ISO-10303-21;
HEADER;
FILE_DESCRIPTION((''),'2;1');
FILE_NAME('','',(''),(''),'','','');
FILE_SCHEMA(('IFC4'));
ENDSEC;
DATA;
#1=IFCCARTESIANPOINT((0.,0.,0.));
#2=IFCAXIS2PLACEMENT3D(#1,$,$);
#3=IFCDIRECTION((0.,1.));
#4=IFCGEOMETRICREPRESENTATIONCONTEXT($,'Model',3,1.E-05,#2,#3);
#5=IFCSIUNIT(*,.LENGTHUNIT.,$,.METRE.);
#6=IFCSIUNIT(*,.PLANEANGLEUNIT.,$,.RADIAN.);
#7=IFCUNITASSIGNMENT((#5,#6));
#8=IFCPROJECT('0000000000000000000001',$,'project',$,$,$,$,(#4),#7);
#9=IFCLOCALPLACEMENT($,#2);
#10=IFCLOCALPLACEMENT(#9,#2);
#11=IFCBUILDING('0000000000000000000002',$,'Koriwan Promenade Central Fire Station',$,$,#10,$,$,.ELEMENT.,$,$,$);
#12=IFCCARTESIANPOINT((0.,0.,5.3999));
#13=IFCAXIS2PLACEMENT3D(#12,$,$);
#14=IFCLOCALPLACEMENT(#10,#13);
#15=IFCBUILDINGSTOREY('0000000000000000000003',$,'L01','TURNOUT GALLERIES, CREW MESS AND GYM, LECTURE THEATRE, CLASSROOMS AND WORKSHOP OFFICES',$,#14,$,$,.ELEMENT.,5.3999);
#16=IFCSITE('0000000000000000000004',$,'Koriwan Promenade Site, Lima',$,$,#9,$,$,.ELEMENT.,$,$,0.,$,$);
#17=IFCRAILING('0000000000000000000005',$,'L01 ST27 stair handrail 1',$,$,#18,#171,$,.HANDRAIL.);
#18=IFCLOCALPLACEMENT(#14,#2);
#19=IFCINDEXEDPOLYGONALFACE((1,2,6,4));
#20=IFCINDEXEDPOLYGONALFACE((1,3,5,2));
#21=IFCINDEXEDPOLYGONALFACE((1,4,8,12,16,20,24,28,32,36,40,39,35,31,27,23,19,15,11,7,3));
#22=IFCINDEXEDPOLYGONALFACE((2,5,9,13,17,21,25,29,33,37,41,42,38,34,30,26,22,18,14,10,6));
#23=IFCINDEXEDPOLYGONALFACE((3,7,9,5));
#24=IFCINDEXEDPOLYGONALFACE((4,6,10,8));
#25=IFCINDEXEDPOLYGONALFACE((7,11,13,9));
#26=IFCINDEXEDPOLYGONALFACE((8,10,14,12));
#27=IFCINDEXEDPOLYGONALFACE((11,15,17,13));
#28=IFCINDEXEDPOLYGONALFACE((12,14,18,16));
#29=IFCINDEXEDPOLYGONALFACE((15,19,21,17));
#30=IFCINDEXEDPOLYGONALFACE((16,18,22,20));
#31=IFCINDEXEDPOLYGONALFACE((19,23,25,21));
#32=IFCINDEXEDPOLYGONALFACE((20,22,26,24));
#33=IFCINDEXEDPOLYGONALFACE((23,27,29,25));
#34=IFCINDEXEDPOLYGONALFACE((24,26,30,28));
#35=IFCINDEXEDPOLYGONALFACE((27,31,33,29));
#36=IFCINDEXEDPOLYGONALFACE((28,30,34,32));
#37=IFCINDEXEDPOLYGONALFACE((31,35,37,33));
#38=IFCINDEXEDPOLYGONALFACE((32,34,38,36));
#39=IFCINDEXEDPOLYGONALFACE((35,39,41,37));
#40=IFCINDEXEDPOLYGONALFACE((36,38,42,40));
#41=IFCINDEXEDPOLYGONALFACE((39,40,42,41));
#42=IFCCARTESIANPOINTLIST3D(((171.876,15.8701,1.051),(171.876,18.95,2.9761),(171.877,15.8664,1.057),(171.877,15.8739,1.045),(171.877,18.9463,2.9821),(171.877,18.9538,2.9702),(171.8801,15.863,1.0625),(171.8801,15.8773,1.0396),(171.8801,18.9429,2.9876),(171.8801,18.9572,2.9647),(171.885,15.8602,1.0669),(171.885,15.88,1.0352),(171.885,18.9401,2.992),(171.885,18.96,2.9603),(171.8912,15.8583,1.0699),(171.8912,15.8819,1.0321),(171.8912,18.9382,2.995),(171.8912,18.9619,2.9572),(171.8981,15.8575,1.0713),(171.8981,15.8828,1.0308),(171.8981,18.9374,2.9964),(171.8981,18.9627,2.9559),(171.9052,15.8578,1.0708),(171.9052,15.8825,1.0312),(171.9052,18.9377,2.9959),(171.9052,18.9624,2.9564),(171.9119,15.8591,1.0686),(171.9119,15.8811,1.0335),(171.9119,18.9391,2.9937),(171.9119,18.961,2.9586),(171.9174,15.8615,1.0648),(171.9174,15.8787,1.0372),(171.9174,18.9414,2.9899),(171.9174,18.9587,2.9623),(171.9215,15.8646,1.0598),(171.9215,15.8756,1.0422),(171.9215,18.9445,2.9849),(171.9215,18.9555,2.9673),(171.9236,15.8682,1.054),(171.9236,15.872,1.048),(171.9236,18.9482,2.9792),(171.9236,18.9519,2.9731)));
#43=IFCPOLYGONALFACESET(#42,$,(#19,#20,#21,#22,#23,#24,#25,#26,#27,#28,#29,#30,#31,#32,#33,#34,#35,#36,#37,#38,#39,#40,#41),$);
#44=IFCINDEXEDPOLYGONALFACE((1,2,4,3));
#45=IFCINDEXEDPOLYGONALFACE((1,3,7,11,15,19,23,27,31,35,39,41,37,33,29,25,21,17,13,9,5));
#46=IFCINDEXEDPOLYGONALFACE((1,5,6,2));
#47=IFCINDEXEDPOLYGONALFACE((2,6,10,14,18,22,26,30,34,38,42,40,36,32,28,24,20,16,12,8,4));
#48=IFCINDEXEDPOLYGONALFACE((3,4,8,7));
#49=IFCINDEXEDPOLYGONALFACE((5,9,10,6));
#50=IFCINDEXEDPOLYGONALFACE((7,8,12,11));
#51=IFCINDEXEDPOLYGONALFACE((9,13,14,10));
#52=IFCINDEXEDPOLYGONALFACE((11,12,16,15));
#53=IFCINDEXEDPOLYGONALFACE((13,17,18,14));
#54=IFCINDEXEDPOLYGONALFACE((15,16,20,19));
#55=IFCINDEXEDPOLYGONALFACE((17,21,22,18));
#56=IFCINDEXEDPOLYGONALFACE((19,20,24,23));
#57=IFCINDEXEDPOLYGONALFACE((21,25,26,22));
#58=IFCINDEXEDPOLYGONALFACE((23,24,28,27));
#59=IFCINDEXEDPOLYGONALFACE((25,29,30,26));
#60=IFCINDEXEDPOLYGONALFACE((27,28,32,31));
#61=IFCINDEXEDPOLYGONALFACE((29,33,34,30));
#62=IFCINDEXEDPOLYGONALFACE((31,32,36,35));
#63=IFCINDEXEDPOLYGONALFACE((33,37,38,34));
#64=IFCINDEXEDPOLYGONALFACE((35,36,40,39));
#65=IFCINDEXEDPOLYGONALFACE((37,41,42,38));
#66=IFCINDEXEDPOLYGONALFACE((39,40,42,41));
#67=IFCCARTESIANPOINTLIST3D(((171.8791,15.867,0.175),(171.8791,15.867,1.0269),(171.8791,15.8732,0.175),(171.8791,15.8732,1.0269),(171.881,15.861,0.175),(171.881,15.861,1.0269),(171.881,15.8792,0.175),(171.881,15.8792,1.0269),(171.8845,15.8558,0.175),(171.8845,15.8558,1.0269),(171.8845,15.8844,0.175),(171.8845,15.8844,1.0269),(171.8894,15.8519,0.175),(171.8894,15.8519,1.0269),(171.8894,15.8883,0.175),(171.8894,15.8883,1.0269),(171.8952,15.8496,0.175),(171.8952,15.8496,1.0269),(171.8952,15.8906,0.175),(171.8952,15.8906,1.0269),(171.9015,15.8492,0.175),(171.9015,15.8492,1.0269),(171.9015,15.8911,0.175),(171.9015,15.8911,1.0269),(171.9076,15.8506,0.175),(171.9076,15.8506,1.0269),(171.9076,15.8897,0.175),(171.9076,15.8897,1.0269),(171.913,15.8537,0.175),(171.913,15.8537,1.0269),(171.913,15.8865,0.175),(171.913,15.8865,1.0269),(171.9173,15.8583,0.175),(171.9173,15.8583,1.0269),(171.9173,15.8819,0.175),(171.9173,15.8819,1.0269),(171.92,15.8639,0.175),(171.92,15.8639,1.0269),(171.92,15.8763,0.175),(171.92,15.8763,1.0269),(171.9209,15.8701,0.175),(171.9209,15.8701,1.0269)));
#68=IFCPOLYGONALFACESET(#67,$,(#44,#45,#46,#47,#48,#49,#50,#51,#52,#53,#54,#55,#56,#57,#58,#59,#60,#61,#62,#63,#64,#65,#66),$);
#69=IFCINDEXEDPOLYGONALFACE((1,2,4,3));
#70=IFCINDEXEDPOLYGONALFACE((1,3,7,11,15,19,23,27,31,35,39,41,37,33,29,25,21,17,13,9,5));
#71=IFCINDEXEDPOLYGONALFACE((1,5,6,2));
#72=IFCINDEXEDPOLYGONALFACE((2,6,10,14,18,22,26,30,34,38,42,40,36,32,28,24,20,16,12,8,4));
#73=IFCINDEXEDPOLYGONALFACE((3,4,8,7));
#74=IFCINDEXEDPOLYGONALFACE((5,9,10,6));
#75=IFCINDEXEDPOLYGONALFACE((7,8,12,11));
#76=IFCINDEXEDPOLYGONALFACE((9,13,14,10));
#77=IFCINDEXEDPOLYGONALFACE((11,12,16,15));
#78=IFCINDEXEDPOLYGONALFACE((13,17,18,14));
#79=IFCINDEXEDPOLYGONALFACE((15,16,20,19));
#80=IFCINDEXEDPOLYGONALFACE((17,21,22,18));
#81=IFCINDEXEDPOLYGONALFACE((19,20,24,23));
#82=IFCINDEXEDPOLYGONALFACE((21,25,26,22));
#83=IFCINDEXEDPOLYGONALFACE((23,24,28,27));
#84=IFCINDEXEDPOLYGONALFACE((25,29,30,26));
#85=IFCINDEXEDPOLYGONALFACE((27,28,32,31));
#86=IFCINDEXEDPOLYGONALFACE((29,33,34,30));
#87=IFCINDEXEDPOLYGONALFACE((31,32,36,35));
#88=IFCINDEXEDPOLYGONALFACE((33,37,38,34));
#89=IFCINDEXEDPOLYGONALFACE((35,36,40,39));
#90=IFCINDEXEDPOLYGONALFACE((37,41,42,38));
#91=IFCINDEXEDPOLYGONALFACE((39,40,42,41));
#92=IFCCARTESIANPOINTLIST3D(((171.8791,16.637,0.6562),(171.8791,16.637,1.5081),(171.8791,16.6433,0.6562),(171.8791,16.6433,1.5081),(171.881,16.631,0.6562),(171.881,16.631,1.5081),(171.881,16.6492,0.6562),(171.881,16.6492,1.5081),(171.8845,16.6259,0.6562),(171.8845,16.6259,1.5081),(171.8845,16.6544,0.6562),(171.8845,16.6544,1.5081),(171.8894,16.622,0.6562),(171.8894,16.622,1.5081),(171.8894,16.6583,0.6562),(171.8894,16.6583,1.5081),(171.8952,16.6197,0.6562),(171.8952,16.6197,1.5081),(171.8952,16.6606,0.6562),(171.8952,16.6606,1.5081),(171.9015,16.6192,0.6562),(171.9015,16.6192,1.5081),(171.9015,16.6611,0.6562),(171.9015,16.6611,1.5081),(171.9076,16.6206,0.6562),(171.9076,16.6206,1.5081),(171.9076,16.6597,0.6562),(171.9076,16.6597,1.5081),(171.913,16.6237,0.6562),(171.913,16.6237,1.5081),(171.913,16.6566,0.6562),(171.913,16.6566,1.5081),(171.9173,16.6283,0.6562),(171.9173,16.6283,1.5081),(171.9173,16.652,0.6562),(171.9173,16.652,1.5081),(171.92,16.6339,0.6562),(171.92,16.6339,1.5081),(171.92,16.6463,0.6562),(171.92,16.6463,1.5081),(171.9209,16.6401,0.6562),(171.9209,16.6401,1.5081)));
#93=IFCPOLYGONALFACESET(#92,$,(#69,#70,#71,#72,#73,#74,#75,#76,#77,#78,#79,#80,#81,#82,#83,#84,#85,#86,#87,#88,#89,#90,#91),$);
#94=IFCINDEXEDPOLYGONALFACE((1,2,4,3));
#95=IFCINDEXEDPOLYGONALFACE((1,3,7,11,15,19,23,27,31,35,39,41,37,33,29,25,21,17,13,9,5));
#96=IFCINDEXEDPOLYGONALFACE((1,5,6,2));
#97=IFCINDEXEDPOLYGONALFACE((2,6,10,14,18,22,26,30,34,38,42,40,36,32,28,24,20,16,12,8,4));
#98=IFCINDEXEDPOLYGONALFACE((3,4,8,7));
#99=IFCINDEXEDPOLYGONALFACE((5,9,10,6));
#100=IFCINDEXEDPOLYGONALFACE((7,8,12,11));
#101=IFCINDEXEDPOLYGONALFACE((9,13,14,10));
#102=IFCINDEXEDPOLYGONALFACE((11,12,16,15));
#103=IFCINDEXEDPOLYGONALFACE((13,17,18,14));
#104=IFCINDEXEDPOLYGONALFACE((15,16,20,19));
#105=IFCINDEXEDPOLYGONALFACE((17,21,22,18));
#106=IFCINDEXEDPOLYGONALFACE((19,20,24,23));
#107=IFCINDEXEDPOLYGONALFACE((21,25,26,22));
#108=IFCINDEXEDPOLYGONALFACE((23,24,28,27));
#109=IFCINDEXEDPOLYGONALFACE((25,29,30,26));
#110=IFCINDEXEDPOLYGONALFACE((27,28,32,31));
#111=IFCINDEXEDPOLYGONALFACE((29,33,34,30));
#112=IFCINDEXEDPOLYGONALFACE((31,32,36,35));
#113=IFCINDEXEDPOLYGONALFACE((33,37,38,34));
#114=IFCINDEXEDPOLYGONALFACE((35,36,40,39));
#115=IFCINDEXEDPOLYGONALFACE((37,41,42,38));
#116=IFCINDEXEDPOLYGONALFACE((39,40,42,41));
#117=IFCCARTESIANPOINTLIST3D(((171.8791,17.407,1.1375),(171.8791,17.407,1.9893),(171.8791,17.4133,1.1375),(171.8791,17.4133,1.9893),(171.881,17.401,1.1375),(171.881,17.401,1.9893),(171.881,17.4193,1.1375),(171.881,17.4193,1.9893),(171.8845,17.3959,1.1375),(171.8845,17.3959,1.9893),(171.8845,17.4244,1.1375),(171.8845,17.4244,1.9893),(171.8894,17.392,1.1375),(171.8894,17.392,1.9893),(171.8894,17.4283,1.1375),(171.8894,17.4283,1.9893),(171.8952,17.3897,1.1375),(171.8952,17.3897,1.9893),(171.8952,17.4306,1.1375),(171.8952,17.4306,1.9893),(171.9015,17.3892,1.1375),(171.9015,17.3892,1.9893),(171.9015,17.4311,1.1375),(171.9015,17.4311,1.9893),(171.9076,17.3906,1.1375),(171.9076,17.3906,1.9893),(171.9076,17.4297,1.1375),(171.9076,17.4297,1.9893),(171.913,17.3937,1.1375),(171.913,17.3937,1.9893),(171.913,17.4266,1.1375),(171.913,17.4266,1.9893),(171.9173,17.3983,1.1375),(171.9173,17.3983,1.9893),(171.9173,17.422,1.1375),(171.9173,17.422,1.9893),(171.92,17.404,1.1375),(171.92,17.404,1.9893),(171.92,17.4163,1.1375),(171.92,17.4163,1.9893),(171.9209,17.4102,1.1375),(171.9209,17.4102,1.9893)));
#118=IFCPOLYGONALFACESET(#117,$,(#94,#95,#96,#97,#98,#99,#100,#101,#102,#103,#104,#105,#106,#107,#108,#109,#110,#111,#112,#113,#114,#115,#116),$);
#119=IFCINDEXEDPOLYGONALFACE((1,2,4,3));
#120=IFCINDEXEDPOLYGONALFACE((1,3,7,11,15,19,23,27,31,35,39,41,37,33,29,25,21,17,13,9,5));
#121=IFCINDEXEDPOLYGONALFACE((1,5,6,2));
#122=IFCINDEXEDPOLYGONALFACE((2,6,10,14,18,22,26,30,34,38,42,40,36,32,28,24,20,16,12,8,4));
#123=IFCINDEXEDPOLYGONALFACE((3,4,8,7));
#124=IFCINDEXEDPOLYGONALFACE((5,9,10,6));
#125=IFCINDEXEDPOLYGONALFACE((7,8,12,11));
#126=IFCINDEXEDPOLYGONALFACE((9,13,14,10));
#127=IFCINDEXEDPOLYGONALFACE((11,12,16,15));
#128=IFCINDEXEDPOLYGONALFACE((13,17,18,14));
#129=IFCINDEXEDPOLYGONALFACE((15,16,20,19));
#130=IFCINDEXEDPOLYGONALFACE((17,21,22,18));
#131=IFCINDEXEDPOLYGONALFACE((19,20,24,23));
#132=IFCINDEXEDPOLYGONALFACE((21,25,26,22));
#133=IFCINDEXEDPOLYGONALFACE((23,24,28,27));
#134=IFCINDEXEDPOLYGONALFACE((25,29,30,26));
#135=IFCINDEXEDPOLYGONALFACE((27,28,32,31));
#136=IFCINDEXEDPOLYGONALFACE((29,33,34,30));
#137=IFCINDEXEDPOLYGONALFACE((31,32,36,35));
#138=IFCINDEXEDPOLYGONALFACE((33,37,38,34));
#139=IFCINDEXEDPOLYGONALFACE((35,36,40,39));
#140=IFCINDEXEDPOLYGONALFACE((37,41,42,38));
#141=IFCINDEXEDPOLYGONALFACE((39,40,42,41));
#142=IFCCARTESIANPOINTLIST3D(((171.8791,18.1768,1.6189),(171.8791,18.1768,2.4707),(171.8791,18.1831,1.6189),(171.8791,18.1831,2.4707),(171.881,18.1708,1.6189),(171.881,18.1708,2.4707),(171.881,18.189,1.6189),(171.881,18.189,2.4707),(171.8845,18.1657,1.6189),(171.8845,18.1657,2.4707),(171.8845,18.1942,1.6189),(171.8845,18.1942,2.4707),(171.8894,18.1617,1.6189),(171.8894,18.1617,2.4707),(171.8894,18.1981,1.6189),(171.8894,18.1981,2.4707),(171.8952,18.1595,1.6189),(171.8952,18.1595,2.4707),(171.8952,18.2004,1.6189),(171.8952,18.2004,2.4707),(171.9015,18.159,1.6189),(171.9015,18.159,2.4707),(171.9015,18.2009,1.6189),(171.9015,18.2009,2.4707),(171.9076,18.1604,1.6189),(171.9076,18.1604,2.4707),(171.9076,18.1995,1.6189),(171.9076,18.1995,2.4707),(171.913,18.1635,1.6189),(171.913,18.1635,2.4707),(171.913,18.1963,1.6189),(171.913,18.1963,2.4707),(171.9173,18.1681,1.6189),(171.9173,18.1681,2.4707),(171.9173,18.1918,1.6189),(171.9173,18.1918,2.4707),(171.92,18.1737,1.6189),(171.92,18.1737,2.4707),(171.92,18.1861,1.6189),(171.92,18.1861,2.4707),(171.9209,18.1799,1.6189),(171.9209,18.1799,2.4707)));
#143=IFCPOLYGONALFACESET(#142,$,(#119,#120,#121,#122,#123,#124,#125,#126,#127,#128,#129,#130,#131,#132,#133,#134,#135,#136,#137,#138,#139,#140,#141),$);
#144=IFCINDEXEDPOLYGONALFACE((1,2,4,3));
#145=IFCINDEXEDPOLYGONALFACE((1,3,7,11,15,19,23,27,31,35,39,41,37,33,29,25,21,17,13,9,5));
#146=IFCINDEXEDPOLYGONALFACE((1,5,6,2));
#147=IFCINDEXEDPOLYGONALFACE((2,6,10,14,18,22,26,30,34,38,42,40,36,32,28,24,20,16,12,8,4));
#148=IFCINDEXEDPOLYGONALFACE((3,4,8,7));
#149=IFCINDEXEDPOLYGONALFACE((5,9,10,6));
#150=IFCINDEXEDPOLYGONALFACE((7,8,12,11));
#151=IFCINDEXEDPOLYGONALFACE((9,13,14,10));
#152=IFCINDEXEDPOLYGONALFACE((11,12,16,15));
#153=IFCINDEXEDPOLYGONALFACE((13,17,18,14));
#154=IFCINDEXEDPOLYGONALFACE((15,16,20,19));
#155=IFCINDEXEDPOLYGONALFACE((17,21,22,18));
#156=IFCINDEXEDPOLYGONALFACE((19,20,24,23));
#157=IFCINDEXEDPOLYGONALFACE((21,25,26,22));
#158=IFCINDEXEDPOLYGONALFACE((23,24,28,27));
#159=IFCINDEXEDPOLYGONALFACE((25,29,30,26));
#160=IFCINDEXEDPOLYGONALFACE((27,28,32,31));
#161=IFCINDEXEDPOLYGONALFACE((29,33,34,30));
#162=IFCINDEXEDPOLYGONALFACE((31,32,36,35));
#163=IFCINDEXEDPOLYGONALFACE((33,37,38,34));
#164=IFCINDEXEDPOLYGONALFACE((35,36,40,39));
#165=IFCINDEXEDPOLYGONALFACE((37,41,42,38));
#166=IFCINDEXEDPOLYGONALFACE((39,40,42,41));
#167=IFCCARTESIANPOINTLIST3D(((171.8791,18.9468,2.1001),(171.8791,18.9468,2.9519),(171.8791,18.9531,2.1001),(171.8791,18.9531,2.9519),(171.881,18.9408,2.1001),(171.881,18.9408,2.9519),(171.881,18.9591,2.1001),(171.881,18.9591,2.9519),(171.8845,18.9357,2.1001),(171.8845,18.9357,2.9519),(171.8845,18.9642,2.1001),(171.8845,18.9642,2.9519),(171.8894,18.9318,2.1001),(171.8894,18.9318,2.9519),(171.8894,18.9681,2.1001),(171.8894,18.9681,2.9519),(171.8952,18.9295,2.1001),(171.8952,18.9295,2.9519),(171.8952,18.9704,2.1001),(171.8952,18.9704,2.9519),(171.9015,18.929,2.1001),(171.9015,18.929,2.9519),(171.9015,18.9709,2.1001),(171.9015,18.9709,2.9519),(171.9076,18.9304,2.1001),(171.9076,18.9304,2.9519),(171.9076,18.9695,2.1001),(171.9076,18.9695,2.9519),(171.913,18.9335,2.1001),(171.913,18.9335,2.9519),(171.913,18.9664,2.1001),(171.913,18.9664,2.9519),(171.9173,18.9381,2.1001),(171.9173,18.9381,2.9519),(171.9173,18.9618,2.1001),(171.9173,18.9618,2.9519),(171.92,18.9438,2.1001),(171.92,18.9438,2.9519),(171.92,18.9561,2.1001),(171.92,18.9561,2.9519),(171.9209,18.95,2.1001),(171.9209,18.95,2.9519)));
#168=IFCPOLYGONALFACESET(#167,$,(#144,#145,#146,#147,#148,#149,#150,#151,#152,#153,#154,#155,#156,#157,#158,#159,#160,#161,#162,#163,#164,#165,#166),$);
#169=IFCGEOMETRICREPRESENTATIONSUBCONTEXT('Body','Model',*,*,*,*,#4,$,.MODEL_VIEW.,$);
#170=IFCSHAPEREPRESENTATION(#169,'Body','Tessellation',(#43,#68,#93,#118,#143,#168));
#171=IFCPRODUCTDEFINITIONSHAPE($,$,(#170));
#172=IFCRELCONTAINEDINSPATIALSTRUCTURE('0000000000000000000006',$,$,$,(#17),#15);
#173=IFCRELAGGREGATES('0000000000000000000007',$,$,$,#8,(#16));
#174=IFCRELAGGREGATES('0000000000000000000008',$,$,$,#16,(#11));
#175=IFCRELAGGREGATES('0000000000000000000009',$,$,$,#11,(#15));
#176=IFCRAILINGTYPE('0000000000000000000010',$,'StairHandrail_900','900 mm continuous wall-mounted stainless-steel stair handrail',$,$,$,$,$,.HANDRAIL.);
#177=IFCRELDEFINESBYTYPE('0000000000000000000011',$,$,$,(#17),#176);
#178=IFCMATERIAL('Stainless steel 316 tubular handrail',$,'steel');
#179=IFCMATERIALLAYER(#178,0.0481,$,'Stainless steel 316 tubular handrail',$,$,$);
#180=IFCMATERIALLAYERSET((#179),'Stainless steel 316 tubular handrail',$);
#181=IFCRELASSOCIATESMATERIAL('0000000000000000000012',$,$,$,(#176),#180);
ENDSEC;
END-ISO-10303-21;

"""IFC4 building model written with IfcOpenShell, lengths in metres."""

from ifc_helpers import new_model, si_unit, direction, frame, origin, origin_2d, place, context, subcontext, project, spatial, circle, extrude, material, layer, layer_set, type_object, element, save


model = new_model("IFC4")

# Units and contexts
model_context = context("Model", 3, precision=1e-05, world=origin(), true_north=direction((0.0, 1.0)))
body_context = subcontext(model_context, "Body", "Model", "MODEL_VIEW")
ifc_project = project(units=[si_unit("LENGTHUNIT", "METRE"), si_unit("PLANEANGLEUNIT", "RADIAN")], contexts=[model_context])

# Site, building, storey
site_placement = place(None, origin())
site = spatial("IfcSite", under=ifc_project, at=site_placement, Name="Koriwan Promenade Site, Lima", CompositionType="ELEMENT", RefElevation=0.0)
building_placement = place(site_placement, origin())
building = spatial("IfcBuilding", under=site, at=building_placement, Name="Koriwan Promenade Central Fire Station", CompositionType="ELEMENT")
storey_placement = place(building_placement, frame((0.0, 0.0, 5.3999)))
storey = spatial("IfcBuildingStorey", under=building, at=storey_placement, Name="L01", Description="TURNOUT GALLERIES, CREW MESS AND GYM, LECTURE THEATRE, CLASSROOMS AND WORKSHOP OFFICES", CompositionType="ELEMENT", Elevation=5.3999)

# Railing
ifc_material_1 = material(Name="Stainless steel 316 tubular handrail", Category="steel")
ifc_layer_1 = layer(ifc_material_1, 0.0481, Name="Stainless steel 316 tubular handrail")
ifc_layer_set_1 = layer_set([ifc_layer_1], Name="Stainless steel 316 tubular handrail")
railing_type_1 = type_object("IfcRailingType", Name="StairHandrail_900", Description="900 mm continuous wall-mounted stainless-steel stair handrail", PredefinedType="HANDRAIL", material=ifc_layer_set_1)
railing_1_placement = place(storey_placement, frame((171.8999, 15.8701, 0.175)))
element("IfcRailing", 1, at=railing_1_placement, inside=storey, type_object=railing_type_1, Name="L01 ST27 stair handrail 1", PredefinedType="HANDRAIL", context=body_context, shape_type="SweptSolid", body=[
    extrude(circle(Radius=0.0239, at=origin_2d()), frame((0.0, 0.0, 0.876), z_axis=(0.0, 0.847979, 0.530029), x_axis=(-1.0, 0.0, 0.0)), (0.0, 0.0, 1.0), 3.6321),
    extrude(circle(Radius=0.021, at=origin_2d()), origin(), (0.0, 0.0, 1.0), 0.8518),
    extrude(circle(Radius=0.021, at=origin_2d()), frame((0.0, 0.77, 0.4812)), (0.0, 0.0, 1.0), 0.8518),
    extrude(circle(Radius=0.021, at=origin_2d()), frame((0.0, 1.54, 0.9624)), (0.0, 0.0, 1.0), 0.8518),
    extrude(circle(Radius=0.021, at=origin_2d()), frame((0.0, 2.3098, 1.4438)), (0.0, 0.0, 1.0), 0.8518),
    extrude(circle(Radius=0.021, at=origin_2d()), frame((0.0, 3.0798, 1.925)), (0.0, 0.0, 1.0), 0.8518),
])

save(model, "model.ifc")
